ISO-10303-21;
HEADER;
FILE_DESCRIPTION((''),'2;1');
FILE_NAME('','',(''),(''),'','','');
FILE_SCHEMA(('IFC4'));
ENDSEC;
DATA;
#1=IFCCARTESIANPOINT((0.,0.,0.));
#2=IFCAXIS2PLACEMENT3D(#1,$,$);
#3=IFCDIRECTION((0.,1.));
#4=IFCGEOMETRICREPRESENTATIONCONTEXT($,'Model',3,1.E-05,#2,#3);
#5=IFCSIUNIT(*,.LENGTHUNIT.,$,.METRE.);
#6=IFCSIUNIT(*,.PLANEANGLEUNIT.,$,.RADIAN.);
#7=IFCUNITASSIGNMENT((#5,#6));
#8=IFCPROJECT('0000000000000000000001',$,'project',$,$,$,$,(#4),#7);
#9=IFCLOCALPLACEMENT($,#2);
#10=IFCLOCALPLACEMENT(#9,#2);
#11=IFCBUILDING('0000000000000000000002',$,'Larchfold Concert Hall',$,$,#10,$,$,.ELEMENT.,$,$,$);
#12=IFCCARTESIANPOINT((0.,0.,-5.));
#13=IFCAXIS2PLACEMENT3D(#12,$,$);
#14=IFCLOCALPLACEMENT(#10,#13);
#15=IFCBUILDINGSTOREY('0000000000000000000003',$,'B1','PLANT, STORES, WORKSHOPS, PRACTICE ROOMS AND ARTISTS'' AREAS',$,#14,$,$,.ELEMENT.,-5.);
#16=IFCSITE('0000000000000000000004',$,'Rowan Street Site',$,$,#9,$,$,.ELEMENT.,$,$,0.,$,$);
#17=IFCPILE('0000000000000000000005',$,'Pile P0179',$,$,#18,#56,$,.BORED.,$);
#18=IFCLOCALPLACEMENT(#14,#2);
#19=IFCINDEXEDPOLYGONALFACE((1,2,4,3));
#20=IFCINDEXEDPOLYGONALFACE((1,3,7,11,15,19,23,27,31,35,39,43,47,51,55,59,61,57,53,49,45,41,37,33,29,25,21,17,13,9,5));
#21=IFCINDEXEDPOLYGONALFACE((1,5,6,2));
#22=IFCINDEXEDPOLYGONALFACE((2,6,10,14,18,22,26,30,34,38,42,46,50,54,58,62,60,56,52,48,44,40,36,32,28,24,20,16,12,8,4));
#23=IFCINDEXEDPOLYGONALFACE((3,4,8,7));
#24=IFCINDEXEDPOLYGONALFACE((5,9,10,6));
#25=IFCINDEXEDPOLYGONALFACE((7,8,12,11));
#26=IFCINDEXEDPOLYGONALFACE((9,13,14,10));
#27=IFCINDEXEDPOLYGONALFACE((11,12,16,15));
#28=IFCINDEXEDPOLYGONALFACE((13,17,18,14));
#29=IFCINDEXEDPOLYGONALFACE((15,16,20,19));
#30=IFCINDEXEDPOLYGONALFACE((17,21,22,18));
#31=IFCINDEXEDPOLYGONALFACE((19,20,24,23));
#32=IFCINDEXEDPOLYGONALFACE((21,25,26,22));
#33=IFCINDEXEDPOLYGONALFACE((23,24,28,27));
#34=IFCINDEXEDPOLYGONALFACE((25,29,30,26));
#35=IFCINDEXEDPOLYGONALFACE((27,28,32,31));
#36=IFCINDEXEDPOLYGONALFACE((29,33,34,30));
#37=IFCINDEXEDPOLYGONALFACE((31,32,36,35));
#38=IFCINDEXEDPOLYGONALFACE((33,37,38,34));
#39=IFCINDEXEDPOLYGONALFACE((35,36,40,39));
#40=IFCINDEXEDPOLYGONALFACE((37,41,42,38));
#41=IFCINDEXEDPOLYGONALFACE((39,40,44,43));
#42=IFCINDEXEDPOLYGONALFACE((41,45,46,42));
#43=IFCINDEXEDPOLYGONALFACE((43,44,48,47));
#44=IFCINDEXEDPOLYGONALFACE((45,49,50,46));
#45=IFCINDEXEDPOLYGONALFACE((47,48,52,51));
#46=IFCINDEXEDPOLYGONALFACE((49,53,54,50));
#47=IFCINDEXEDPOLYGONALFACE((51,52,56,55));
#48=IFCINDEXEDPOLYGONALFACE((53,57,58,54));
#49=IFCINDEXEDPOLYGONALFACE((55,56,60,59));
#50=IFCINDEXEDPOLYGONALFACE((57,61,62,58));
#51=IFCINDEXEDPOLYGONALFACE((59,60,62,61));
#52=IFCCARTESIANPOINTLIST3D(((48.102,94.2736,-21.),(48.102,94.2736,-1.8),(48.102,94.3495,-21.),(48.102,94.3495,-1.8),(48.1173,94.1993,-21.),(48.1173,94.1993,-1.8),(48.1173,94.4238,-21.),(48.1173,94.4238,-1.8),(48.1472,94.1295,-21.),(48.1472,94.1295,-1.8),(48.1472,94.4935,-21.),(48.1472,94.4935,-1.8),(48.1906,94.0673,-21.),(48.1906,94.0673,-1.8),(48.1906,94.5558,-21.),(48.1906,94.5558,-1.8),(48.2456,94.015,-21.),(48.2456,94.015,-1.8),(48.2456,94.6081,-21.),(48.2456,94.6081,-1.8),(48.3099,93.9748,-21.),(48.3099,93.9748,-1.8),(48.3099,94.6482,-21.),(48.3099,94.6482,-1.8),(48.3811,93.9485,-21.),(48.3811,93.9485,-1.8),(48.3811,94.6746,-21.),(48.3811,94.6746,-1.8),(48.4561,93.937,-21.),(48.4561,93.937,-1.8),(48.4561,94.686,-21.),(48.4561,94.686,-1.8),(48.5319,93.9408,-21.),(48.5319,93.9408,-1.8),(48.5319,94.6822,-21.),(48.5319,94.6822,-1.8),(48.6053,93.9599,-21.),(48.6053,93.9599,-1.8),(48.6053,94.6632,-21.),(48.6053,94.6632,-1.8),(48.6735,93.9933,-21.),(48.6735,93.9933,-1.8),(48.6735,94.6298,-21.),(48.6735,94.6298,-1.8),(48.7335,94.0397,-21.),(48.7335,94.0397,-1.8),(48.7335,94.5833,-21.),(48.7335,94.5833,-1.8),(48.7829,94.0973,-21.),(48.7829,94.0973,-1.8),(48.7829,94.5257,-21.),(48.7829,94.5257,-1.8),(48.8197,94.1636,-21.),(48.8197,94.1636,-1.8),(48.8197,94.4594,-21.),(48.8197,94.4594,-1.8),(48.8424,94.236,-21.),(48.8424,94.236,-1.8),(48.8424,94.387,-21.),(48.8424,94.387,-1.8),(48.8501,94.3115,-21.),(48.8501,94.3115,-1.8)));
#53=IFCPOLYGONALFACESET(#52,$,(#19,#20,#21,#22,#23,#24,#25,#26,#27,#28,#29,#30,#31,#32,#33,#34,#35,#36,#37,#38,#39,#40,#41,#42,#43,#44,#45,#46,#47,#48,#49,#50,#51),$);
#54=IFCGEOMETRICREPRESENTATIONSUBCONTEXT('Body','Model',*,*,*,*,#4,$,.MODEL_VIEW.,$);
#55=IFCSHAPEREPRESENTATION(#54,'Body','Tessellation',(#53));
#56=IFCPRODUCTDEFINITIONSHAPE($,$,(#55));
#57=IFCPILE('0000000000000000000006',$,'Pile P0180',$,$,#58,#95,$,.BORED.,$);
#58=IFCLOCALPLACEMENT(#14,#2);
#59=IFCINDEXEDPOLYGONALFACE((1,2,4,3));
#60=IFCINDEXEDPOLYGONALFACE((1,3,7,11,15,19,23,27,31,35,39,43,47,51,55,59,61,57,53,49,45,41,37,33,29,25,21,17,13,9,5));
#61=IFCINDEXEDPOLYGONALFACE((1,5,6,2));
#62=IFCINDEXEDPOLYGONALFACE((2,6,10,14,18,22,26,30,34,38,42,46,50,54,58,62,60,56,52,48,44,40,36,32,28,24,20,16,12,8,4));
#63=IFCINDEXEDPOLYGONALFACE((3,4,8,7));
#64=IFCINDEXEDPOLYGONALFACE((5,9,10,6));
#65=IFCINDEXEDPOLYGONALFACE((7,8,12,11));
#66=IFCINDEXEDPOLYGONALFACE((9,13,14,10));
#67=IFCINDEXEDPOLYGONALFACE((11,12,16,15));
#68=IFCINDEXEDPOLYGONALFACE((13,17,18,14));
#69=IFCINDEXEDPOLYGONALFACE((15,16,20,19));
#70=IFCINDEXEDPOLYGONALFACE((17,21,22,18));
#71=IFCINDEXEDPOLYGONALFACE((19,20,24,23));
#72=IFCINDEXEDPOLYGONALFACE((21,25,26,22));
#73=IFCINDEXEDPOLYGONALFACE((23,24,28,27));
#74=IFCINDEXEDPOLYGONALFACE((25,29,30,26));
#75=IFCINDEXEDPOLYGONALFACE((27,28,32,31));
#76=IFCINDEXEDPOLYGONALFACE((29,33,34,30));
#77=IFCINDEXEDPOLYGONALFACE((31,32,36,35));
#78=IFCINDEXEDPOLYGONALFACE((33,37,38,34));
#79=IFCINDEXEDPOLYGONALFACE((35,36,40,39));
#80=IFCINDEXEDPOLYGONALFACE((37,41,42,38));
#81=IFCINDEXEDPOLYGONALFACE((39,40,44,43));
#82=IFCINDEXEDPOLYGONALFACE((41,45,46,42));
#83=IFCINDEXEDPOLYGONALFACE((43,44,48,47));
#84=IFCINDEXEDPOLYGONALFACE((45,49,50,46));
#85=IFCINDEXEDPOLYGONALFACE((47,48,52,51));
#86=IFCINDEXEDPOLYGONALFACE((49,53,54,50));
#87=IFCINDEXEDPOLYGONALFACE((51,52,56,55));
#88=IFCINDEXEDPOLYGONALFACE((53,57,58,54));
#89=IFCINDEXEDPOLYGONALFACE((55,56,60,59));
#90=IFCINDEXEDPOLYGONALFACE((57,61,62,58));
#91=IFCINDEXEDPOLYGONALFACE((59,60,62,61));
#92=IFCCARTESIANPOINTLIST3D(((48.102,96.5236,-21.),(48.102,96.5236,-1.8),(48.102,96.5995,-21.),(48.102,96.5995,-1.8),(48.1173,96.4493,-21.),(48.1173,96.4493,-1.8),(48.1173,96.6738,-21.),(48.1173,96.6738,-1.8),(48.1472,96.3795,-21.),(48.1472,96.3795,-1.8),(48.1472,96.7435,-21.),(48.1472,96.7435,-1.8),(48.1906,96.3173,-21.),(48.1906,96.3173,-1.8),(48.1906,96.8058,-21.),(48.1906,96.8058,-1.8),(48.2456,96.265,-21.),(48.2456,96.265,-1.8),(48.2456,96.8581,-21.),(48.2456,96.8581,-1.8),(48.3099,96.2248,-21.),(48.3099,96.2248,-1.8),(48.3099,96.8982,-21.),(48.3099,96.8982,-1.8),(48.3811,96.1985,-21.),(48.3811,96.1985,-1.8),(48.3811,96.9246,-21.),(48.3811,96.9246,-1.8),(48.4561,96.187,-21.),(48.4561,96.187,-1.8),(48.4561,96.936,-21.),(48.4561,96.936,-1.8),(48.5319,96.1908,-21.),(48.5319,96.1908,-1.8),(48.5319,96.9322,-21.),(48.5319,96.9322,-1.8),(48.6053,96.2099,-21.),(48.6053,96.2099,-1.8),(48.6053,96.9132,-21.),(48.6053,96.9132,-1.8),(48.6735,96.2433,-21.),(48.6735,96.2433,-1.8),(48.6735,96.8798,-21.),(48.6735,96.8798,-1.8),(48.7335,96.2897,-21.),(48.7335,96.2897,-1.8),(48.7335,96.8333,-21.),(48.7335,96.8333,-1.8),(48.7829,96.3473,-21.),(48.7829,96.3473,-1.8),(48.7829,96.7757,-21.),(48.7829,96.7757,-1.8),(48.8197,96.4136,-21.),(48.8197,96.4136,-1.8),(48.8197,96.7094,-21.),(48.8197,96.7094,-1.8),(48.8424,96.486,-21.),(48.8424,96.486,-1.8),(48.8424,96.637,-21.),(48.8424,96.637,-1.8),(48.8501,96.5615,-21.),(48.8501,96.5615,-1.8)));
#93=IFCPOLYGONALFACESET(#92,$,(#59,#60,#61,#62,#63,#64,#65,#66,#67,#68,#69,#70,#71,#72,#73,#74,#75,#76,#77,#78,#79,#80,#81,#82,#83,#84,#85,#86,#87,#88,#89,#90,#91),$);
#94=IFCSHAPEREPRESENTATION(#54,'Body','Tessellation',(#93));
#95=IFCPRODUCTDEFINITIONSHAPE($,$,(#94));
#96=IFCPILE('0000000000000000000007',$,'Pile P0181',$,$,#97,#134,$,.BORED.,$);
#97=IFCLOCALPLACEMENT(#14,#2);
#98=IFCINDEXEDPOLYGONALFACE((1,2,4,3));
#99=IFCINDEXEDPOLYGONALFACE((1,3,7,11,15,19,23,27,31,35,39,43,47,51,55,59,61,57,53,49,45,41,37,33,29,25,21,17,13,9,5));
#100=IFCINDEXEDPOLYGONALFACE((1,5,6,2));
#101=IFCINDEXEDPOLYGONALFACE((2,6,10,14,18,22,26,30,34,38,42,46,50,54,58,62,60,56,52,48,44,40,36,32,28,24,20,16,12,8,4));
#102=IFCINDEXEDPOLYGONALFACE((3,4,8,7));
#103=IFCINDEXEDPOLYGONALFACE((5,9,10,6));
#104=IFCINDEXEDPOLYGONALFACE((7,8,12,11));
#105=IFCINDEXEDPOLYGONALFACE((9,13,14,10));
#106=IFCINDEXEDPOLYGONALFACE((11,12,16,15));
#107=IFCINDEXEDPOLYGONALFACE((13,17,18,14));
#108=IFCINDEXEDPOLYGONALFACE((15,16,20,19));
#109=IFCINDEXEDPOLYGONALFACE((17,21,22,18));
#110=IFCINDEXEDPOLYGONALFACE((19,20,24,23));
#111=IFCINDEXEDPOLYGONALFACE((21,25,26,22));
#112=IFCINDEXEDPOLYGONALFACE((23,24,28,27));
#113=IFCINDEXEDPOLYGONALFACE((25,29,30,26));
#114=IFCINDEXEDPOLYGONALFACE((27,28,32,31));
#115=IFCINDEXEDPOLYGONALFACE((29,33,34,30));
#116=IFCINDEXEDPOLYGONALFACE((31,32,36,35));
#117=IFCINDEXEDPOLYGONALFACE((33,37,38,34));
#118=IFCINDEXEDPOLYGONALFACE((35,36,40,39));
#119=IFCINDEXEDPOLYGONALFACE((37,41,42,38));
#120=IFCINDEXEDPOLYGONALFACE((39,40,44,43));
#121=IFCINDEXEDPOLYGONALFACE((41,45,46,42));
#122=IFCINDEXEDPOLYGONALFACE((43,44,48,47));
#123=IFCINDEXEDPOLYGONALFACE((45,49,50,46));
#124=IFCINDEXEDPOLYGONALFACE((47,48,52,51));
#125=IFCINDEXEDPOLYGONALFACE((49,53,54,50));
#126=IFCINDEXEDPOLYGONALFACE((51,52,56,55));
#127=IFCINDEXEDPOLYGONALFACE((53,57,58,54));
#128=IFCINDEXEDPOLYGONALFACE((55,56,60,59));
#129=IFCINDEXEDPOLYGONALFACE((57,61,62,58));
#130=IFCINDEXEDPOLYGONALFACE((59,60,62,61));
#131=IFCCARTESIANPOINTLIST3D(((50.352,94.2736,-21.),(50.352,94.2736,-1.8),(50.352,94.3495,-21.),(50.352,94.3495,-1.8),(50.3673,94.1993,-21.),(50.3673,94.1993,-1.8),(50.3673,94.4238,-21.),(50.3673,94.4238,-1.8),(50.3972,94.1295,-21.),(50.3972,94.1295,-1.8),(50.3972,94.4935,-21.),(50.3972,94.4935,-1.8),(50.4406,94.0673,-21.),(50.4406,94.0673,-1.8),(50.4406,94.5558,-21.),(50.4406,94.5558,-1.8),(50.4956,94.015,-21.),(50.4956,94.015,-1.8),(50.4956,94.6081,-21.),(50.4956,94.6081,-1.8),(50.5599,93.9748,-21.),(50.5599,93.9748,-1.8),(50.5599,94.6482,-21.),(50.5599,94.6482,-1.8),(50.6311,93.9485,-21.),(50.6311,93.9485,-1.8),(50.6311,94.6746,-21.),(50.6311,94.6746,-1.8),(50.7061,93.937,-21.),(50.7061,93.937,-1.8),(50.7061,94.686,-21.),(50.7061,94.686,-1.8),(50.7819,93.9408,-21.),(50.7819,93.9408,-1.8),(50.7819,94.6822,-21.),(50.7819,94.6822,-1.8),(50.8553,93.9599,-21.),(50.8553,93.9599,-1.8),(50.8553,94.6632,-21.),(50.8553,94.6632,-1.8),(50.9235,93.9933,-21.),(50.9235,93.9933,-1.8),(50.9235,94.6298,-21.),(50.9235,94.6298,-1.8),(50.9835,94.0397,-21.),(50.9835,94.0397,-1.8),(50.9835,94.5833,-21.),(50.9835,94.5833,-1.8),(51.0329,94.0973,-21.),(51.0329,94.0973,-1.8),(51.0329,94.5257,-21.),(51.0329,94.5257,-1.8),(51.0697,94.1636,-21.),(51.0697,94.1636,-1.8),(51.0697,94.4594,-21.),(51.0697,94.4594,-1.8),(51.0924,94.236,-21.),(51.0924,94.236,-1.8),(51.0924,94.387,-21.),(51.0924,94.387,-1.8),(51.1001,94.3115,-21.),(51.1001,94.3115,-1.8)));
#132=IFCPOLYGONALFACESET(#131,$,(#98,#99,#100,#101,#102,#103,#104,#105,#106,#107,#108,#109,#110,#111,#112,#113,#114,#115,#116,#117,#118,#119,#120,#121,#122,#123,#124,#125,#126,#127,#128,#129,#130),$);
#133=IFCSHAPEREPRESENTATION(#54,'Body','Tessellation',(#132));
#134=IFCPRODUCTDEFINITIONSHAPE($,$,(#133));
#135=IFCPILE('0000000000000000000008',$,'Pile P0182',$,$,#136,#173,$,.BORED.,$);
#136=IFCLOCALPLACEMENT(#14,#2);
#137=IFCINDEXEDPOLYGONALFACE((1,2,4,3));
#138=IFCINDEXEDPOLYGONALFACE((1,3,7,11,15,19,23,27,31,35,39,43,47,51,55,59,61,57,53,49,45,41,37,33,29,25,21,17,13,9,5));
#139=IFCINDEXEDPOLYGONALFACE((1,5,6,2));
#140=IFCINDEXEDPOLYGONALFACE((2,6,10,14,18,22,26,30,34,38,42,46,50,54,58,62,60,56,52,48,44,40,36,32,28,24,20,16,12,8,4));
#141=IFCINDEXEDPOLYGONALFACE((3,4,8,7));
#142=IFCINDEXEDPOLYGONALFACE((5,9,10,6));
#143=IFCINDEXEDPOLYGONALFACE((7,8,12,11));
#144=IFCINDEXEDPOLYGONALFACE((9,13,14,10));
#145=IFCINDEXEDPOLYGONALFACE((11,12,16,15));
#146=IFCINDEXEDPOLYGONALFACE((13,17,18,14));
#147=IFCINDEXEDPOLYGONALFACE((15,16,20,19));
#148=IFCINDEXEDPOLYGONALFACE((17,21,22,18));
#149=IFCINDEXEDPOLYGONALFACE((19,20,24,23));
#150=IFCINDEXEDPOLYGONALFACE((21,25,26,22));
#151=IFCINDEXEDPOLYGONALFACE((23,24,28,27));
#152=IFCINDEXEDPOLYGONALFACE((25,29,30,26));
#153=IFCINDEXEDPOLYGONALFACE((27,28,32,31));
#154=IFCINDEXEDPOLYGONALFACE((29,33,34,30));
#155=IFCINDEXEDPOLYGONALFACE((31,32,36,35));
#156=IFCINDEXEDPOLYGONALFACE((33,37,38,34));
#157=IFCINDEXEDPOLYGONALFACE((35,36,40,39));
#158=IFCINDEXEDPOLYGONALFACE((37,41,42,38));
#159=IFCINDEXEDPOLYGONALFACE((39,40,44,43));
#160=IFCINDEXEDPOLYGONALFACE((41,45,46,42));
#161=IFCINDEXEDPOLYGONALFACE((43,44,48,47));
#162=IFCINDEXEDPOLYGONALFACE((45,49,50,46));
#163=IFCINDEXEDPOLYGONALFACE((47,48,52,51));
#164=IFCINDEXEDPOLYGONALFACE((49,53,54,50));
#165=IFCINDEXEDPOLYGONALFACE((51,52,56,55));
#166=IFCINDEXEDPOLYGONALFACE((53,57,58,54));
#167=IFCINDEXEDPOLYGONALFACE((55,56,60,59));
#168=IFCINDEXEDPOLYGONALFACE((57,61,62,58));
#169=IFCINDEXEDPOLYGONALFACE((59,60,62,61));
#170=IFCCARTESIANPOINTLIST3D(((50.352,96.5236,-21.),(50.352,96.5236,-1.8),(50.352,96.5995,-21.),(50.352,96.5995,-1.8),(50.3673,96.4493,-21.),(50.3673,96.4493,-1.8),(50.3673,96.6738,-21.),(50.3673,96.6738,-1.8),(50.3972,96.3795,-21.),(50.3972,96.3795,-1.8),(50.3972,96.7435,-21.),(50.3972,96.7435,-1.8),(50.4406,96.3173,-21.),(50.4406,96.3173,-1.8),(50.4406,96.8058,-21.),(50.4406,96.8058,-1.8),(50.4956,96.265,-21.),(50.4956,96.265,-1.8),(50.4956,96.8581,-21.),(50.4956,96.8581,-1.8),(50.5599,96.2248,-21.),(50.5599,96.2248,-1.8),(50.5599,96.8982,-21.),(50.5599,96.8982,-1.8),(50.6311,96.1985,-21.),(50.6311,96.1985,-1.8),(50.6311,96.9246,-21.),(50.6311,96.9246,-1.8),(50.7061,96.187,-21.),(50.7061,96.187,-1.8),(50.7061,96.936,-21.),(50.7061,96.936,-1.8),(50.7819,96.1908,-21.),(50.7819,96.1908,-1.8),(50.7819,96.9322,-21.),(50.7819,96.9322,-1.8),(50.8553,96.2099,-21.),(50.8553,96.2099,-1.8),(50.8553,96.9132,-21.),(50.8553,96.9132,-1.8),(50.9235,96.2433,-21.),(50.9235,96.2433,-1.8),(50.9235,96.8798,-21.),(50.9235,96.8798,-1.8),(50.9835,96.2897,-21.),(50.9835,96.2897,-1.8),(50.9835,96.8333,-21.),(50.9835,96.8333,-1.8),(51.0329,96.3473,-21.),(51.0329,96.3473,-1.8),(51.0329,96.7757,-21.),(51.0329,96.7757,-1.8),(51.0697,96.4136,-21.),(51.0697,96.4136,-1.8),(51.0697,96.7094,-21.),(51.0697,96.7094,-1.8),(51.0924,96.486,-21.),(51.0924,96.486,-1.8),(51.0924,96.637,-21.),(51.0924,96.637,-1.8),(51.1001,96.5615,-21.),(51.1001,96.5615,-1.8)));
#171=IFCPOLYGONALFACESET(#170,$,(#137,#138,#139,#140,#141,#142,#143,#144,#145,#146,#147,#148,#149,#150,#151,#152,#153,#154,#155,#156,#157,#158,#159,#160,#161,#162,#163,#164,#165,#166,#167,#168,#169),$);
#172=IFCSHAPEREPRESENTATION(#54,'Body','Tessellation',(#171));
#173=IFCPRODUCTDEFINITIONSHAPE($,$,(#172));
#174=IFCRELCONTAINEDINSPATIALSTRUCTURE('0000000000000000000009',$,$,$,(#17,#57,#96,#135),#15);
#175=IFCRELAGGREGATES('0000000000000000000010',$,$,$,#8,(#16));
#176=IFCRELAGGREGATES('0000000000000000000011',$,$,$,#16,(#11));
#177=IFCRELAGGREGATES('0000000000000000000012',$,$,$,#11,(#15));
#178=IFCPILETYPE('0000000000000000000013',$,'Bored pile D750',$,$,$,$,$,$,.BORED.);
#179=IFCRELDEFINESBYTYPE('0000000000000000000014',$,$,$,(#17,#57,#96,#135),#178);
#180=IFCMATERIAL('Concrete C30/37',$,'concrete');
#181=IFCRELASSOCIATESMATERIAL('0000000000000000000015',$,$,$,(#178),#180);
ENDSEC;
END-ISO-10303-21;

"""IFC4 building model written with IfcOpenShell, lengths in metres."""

from ifc_helpers import new_model, si_unit, direction, frame, origin, origin_2d, place, context, subcontext, project, spatial, circle, extrude, material, material_profile, profile_set, type_object, element, save


model = new_model("IFC4")

# Units and contexts
model_context = context("Model", 3, precision=1e-05, world=origin(), true_north=direction((0.0, 1.0)))
body_context = subcontext(model_context, "Body", "Model", "MODEL_VIEW")
ifc_project = project(units=[si_unit("LENGTHUNIT", "METRE"), si_unit("PLANEANGLEUNIT", "RADIAN")], contexts=[model_context])

# Site, building, storey
site_placement = place(None, origin())
site = spatial("IfcSite", under=ifc_project, at=site_placement, Name="Rowan Street Site", CompositionType="ELEMENT", RefElevation=0.0)
building_placement = place(site_placement, origin())
building = spatial("IfcBuilding", under=site, at=building_placement, Name="Larchfold Concert Hall", CompositionType="ELEMENT")
storey_placement = place(building_placement, frame((0.0, 0.0, -5.0)))
storey = spatial("IfcBuildingStorey", under=building, at=storey_placement, Name="B1", Description="PLANT, STORES, WORKSHOPS, PRACTICE ROOMS AND ARTISTS' AREAS", CompositionType="ELEMENT", Elevation=-5.0)

# Piles
ifc_material_1 = material(Name="Concrete C30/37", Category="concrete")
ifc_material_profile_1 = material_profile(ifc_material_1, circle(Radius=0.375, at=origin_2d()))
ifc_profile_set_1 = profile_set([ifc_material_profile_1], Name="Concrete C30/37")
pile_type_1 = type_object("IfcPileType", Name="Bored pile D750", PredefinedType="BORED", material=ifc_profile_set_1)
for number, where, z_axis, x_axis, name in (
    (1, (48.4751, 94.3115, -1.8), (0.0, 0.0, -1.0), (1.0, 0.0, 0.0), "Pile P0179"),
    (2, (48.4751, 96.5615, -1.8), (0.0, 0.0, -1.0), (1.0, 0.0, 0.0), "Pile P0180"),
    (3, (50.7251, 94.3115, -1.8), (0.0, 0.0, -1.0), (1.0, 0.0, 0.0), "Pile P0181"),
    (4, (50.7251, 96.5615, -1.8), (0.0, 0.0, -1.0), (1.0, 0.0, 0.0), "Pile P0182"),
):
    element("IfcPile", number, at=place(storey_placement, frame(where, z_axis=z_axis, x_axis=x_axis)), inside=storey, type_object=pile_type_1, Name=name, PredefinedType="BORED", context=body_context, shape_type="SweptSolid", body=[
        extrude(circle(Radius=0.375, at=origin_2d()), origin(), (0.0, 0.0, 1.0), 19.2),
    ])

save(model, "model.ifc")
